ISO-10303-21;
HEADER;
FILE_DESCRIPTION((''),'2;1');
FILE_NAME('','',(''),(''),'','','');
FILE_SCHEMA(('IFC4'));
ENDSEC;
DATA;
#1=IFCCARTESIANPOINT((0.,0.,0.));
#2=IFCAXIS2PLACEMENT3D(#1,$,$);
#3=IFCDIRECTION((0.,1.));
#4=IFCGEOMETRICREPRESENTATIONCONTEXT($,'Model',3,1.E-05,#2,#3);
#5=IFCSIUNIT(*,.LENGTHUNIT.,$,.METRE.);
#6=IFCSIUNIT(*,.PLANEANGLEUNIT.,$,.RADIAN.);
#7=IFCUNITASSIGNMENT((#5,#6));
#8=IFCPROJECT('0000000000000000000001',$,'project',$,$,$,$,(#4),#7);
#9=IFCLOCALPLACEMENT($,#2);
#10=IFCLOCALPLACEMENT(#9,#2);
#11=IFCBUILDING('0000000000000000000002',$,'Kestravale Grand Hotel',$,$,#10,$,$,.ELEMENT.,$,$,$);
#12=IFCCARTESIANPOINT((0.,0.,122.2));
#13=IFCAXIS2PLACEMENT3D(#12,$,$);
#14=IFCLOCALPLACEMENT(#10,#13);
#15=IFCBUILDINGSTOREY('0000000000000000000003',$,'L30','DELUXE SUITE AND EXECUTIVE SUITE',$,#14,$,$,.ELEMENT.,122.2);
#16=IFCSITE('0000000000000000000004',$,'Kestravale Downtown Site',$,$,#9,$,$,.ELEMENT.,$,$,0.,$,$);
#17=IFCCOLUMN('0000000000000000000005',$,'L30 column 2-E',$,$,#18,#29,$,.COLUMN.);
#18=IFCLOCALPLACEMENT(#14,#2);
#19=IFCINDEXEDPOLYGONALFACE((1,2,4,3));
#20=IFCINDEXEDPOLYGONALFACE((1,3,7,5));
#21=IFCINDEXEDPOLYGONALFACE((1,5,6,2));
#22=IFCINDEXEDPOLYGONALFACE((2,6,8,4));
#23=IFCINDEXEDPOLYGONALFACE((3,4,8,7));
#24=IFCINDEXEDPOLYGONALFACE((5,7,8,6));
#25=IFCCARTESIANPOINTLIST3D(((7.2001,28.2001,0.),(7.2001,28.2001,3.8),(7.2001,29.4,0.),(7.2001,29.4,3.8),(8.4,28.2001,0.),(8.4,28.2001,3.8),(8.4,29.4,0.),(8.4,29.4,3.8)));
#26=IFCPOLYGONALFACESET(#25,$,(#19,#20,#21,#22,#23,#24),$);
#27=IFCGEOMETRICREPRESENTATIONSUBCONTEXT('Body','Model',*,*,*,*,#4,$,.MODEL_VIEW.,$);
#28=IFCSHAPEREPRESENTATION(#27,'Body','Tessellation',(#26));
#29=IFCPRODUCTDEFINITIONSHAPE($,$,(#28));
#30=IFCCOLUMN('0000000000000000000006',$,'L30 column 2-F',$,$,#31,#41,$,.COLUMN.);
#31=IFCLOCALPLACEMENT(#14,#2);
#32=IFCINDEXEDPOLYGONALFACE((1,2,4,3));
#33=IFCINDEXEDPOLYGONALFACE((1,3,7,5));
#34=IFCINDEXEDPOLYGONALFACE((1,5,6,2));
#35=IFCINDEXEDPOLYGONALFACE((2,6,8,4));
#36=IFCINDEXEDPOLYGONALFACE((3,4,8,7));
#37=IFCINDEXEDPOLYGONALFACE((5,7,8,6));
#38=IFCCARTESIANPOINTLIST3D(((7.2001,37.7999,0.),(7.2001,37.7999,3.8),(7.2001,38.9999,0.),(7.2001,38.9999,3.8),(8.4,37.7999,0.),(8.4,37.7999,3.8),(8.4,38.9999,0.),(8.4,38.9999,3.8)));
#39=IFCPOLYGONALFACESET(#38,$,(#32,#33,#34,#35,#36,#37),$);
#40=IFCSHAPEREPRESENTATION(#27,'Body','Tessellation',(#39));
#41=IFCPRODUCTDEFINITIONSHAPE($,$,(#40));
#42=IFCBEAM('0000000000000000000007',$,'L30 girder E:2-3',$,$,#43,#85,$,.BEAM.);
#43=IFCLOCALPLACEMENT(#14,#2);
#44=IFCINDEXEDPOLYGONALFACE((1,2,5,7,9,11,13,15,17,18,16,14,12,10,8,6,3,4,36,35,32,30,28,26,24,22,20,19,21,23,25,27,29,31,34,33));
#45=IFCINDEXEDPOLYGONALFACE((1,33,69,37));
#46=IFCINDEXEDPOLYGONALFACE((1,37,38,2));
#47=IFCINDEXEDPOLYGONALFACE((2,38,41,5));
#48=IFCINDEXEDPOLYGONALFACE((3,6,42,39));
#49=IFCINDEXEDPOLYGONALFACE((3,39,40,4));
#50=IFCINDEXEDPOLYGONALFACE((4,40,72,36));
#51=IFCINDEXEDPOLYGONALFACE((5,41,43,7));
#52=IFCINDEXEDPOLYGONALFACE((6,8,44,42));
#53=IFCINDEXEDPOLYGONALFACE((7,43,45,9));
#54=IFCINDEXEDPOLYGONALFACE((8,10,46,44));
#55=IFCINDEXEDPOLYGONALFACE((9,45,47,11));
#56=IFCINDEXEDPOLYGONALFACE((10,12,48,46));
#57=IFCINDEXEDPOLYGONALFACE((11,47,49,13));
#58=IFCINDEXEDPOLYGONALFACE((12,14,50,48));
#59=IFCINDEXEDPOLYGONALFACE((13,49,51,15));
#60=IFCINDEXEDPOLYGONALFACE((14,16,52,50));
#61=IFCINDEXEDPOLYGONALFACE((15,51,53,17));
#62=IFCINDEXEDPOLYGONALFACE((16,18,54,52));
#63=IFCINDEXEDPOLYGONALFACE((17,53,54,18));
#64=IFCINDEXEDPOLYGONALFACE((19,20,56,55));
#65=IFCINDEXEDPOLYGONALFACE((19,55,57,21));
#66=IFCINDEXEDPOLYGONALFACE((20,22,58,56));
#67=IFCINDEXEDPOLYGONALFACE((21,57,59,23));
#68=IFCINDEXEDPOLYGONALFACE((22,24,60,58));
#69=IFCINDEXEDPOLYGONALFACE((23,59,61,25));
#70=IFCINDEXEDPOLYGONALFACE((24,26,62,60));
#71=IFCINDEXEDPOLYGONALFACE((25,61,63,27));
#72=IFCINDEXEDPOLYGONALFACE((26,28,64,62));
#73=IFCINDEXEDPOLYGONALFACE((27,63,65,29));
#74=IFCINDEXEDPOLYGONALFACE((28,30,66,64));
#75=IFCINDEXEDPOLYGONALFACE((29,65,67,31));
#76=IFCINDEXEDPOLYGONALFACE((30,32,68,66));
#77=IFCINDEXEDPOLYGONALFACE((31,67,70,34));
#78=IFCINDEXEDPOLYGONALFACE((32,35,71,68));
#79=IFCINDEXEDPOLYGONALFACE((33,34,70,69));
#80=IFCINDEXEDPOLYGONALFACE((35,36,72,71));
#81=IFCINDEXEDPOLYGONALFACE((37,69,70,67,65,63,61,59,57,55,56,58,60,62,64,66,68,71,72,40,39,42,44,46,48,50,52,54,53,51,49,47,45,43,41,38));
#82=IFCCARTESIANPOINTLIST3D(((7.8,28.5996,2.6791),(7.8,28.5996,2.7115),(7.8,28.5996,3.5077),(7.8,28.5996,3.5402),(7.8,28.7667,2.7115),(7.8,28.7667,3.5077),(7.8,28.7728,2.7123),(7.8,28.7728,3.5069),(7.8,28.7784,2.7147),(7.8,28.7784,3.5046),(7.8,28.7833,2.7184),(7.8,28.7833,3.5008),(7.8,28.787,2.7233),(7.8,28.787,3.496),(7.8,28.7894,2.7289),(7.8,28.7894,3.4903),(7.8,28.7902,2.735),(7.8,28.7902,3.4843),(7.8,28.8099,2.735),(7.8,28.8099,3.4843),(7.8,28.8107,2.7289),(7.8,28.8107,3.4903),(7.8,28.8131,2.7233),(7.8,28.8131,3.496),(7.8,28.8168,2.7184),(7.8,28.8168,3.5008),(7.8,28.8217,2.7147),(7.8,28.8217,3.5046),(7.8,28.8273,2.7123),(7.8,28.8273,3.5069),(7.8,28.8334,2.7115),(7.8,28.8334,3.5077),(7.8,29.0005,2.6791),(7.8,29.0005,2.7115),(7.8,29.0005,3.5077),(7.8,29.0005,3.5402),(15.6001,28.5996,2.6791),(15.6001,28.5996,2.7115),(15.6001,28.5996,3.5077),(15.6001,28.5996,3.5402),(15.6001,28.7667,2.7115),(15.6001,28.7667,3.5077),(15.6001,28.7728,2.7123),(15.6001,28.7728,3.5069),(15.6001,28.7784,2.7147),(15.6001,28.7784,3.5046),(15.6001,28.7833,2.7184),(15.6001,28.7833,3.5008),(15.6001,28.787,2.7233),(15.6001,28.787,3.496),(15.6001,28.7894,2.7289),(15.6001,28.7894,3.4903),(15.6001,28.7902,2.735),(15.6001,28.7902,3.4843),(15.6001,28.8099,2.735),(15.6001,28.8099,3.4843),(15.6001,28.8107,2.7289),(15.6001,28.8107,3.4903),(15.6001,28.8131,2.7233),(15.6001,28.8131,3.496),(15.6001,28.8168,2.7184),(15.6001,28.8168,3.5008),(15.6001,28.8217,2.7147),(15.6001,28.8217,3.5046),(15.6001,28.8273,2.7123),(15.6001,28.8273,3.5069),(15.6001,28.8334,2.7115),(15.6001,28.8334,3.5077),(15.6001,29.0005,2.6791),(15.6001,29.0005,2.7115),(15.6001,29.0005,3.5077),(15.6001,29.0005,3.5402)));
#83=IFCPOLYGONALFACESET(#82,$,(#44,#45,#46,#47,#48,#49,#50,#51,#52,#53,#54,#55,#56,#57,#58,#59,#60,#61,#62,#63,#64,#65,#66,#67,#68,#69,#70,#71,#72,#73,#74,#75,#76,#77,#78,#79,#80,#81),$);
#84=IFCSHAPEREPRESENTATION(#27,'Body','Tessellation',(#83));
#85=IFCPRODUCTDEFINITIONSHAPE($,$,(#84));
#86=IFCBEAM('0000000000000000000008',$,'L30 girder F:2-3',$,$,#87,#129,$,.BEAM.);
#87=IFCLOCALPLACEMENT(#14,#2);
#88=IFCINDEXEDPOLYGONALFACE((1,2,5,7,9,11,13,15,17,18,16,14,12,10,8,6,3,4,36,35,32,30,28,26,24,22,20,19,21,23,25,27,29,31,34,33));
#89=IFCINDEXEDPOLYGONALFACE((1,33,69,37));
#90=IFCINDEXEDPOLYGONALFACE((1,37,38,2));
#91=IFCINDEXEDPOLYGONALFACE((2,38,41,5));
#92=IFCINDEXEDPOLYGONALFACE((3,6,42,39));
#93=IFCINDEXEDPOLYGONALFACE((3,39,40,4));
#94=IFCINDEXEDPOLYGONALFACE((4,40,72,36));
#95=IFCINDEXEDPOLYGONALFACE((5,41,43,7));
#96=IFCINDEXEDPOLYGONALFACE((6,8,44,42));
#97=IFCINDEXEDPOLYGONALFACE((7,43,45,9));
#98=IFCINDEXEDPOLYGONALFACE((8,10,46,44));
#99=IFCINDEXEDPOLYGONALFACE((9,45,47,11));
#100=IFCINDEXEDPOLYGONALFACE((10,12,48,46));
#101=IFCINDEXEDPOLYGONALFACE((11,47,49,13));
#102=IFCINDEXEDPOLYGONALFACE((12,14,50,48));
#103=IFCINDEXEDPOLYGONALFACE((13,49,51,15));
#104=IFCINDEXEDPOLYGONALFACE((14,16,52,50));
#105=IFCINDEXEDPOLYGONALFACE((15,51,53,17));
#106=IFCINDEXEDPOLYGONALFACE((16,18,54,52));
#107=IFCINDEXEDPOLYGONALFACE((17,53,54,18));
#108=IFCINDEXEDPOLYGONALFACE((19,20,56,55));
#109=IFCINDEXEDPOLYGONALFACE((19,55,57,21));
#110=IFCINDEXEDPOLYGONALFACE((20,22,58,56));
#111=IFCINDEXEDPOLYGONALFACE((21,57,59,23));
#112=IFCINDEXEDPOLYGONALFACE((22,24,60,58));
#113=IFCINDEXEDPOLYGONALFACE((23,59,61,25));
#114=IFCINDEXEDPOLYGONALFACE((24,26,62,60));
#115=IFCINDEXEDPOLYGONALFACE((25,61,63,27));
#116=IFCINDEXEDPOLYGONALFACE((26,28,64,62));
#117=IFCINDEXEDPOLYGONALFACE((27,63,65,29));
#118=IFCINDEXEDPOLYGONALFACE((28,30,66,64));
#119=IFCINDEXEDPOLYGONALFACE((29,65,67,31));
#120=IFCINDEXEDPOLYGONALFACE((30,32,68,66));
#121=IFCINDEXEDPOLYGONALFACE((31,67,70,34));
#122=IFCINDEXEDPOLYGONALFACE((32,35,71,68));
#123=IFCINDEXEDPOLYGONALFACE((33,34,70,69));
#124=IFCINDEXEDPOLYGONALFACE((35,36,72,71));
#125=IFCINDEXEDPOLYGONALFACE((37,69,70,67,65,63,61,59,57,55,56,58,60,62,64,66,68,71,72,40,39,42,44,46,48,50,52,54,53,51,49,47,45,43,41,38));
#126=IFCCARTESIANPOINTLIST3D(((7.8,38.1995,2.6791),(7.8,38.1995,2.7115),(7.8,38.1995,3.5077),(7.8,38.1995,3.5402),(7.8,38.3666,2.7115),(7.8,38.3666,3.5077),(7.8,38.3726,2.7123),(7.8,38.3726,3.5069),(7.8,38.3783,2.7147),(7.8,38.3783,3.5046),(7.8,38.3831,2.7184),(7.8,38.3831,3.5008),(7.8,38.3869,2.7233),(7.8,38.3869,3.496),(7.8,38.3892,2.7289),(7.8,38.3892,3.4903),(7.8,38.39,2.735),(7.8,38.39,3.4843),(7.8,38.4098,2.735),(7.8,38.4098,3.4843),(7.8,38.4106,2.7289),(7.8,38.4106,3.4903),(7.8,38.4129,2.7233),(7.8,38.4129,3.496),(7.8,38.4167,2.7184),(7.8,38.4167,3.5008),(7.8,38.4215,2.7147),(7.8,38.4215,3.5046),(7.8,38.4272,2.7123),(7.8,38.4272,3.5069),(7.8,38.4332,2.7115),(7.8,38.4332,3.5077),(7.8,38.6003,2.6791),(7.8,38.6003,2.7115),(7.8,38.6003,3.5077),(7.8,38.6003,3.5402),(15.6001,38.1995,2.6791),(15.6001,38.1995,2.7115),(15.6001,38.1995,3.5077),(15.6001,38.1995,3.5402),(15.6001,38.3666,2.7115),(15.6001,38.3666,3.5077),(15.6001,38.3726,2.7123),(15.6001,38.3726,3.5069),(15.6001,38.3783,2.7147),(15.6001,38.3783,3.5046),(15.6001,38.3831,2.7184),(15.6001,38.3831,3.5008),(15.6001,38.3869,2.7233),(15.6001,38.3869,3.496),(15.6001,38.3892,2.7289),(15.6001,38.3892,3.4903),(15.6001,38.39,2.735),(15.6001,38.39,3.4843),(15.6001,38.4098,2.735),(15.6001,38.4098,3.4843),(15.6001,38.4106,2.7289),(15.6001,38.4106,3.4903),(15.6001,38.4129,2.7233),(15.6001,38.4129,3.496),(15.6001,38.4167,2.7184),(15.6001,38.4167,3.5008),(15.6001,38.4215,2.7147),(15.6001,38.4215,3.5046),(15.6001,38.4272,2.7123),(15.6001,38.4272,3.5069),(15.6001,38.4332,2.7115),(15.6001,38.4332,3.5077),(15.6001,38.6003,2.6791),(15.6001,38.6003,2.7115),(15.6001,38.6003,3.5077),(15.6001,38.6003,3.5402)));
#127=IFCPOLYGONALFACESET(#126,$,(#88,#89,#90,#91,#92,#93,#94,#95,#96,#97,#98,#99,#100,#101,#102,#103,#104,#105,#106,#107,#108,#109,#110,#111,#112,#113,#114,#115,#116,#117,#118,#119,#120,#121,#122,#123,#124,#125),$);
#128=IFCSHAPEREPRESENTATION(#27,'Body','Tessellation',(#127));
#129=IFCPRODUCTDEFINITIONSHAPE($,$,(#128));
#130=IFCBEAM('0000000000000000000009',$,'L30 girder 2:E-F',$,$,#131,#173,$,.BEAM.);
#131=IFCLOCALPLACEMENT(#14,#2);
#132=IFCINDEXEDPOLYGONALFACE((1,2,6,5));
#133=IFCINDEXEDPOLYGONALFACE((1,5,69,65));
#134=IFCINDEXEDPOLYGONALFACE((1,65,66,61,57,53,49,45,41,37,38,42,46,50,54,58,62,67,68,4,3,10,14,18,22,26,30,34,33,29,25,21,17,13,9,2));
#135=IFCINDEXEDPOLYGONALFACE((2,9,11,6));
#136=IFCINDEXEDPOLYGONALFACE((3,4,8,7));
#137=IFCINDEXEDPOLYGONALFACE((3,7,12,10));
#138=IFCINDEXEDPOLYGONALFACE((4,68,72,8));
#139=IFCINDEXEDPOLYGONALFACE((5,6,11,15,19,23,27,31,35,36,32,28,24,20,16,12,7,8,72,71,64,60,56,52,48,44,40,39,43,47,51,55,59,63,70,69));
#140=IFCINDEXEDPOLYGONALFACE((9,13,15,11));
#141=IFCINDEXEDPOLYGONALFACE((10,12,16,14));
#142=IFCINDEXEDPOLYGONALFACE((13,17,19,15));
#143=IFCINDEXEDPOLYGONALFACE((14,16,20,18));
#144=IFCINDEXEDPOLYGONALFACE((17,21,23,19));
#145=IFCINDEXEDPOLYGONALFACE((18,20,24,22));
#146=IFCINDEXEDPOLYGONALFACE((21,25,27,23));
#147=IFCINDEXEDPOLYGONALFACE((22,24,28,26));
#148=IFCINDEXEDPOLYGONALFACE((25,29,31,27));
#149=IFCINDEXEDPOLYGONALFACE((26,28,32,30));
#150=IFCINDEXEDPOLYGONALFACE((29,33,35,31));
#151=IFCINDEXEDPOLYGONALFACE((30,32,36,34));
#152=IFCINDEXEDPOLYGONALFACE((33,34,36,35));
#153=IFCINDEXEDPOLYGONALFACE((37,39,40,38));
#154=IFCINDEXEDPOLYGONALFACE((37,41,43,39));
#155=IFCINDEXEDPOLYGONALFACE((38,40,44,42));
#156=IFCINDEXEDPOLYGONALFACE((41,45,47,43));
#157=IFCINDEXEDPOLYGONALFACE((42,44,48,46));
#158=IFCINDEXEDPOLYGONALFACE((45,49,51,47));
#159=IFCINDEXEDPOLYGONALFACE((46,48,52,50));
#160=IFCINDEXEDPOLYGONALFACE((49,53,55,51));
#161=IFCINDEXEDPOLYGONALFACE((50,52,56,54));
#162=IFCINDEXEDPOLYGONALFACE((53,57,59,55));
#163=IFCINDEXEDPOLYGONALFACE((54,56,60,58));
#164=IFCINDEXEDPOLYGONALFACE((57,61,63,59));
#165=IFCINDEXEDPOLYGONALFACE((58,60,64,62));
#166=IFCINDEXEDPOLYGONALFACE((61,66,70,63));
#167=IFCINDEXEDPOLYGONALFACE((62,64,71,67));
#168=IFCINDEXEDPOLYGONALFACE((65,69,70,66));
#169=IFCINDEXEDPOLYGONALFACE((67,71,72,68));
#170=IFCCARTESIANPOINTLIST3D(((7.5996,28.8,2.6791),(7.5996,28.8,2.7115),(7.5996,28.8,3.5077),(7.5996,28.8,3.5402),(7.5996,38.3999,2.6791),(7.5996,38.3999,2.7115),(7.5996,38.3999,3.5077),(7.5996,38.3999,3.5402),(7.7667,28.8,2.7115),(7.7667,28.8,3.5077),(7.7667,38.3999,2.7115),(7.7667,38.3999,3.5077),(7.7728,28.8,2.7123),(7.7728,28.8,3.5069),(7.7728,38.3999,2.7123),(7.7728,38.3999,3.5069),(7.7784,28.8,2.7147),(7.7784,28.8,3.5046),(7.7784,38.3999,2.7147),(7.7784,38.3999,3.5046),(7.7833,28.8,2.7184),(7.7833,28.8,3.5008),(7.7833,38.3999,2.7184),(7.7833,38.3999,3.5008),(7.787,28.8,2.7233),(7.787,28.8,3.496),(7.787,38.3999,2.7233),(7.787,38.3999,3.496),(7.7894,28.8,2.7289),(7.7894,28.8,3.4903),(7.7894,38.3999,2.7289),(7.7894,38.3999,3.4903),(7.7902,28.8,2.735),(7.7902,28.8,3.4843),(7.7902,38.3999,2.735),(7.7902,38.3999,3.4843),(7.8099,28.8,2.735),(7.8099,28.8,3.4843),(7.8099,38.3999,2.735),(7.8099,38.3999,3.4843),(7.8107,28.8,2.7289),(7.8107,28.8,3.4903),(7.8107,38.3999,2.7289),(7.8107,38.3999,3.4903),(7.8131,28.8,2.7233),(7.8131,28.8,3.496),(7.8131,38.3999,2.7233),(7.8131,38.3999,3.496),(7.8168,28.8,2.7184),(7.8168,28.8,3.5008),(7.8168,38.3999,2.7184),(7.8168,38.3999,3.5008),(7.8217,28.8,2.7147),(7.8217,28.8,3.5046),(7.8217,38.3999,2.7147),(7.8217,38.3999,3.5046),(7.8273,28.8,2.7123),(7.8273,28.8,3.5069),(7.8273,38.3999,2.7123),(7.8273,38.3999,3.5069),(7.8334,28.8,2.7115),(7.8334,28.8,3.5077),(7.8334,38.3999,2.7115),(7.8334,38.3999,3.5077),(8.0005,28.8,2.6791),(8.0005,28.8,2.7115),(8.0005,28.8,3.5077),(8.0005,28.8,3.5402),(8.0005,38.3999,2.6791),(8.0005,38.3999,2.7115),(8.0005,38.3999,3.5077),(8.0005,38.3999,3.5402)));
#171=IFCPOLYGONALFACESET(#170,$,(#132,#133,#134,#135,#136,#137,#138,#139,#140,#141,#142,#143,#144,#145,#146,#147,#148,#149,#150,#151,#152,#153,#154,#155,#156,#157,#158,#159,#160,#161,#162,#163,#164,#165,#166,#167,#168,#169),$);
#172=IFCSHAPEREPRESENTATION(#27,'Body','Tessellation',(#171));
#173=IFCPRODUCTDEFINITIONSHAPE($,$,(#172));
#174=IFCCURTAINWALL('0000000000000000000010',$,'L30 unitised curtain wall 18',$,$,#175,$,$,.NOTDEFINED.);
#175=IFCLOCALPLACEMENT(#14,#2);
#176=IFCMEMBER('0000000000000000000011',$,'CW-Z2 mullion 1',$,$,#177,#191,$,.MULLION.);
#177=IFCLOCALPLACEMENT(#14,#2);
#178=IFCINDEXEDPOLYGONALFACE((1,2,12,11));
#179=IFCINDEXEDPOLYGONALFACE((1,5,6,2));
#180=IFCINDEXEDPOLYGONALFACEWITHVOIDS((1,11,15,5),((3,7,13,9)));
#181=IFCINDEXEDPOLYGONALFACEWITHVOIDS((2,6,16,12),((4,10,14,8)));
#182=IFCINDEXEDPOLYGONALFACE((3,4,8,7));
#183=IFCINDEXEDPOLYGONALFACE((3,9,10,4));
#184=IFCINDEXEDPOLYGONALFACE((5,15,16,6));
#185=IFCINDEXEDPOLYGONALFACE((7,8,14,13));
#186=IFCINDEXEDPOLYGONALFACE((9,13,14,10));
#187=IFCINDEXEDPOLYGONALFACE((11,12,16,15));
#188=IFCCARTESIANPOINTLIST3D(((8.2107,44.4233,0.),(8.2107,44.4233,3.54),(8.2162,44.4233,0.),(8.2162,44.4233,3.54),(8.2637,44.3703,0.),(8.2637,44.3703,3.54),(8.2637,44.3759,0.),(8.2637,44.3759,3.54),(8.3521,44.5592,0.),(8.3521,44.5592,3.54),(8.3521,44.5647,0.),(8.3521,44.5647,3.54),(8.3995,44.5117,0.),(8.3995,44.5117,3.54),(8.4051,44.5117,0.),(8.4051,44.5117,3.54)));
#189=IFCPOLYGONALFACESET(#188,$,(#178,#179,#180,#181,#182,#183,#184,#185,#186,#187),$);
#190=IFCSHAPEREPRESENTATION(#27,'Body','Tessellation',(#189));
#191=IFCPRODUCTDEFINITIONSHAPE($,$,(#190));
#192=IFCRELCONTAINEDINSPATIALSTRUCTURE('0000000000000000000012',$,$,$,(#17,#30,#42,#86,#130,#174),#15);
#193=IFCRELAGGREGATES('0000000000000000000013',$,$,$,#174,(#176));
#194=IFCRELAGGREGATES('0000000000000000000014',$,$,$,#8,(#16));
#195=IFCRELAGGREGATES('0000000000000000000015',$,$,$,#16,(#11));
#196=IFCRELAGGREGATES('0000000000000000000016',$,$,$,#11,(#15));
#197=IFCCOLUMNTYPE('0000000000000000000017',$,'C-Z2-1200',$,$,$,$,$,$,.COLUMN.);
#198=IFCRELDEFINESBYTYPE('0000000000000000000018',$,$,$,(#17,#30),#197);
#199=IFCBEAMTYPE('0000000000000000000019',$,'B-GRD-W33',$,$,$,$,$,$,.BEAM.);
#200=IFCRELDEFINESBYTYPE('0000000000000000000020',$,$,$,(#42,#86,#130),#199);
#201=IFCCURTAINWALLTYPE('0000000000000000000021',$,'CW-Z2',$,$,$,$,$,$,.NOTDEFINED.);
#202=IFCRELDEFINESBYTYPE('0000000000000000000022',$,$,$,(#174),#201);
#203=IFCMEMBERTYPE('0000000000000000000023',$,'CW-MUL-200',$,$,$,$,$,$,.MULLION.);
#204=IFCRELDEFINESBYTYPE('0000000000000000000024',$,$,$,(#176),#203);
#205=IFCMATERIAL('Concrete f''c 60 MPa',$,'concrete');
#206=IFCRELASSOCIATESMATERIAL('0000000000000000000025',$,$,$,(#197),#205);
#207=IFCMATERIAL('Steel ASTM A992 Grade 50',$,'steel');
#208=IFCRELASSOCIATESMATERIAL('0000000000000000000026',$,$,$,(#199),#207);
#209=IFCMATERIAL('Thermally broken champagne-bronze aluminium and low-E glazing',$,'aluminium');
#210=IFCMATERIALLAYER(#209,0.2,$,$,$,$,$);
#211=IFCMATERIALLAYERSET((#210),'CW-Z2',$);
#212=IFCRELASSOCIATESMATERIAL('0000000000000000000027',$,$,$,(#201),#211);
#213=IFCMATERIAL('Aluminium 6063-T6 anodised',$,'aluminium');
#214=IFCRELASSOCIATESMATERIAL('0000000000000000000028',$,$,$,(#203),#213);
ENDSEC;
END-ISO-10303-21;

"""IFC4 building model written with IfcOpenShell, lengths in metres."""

from ifc_helpers import new_model, si_unit, direction, frame, origin, origin_2d, place, context, subcontext, project, spatial, rectangle, hollow_rectangle, i_section, extrude, material, layer, layer_set, material_profile, profile_set, type_object, element, aggregate, save


model = new_model("IFC4")

# Units and contexts
model_context = context("Model", 3, precision=1e-05, world=origin(), true_north=direction((0.0, 1.0)))
body_context = subcontext(model_context, "Body", "Model", "MODEL_VIEW")
ifc_project = project(units=[si_unit("LENGTHUNIT", "METRE"), si_unit("PLANEANGLEUNIT", "RADIAN")], contexts=[model_context])

# Site, building, storey
site_placement = place(None, origin())
site = spatial("IfcSite", under=ifc_project, at=site_placement, Name="Kestravale Downtown Site", CompositionType="ELEMENT", RefElevation=0.0)
building_placement = place(site_placement, origin())
building = spatial("IfcBuilding", under=site, at=building_placement, Name="Kestravale Grand Hotel", CompositionType="ELEMENT")
storey_placement = place(building_placement, frame((0.0, 0.0, 122.2)))
storey = spatial("IfcBuildingStorey", under=building, at=storey_placement, Name="L30", Description="DELUXE SUITE AND EXECUTIVE SUITE", CompositionType="ELEMENT", Elevation=122.2)

# Columns
ifc_material_1 = material(Name="Concrete f'c 60 MPa", Category="concrete")
ifc_material_profile_1 = material_profile(ifc_material_1, rectangle(XDim=1.2, YDim=1.2, at=origin_2d()))
ifc_profile_set_1 = profile_set([ifc_material_profile_1], Name="Concrete f'c 60 MPa")
column_type = type_object("IfcColumnType", Name="C-Z2-1200", PredefinedType="COLUMN", material=ifc_profile_set_1)
for number, where, z_axis, x_axis, name in (
    (1, (7.8, 28.8, 0.0), (0.0, 0.0, 1.0), (1.0, 0.0, 0.0), "L30 column 2-E"),
    (2, (7.8, 38.3999, 0.0), (0.0, 0.0, 1.0), (1.0, 0.0, 0.0), "L30 column 2-F"),
):
    element("IfcColumn", number, at=place(storey_placement, frame(where, z_axis=z_axis, x_axis=x_axis)), inside=storey, type_object=column_type, Name=name, PredefinedType="COLUMN", context=body_context, shape_type="SweptSolid", body=[
        extrude(rectangle(XDim=1.2, YDim=1.2, at=origin_2d()), origin(), (0.0, 0.0, 1.0), 3.8),
    ])

# Beams
ifc_material_2 = material(Name="Steel ASTM A992 Grade 50", Category="steel")
ifc_material_profile_2 = material_profile(ifc_material_2, i_section(OverallWidth=0.4009, OverallDepth=0.8611, WebThickness=0.0198, FlangeThickness=0.0325, FilletRadius=0.0234, at=origin_2d()))
ifc_profile_set_2 = profile_set([ifc_material_profile_2], Name="Steel ASTM A992 Grade 50")
beam_type = type_object("IfcBeamType", Name="B-GRD-W33", PredefinedType="BEAM", material=ifc_profile_set_2)
for number, where, z_axis, x_axis, name in (
    (3, (7.8, 28.8, 3.1096), (1.0, 0.0, 0.0), (0.0, 1.0, 0.0), "L30 girder E:2-3"),
    (4, (7.8, 38.3999, 3.1096), (1.0, 0.0, 0.0), (0.0, 1.0, 0.0), "L30 girder F:2-3"),
):
    element("IfcBeam", number, at=place(storey_placement, frame(where, z_axis=z_axis, x_axis=x_axis)), inside=storey, type_object=beam_type, Name=name, PredefinedType="BEAM", context=body_context, shape_type="SweptSolid", body=[
        extrude(i_section(OverallWidth=0.4009, OverallDepth=0.8611, WebThickness=0.0198, FlangeThickness=0.0325, FilletRadius=0.0234, at=origin_2d()), origin(), (0.0, 0.0, 1.0), 7.8),
    ])
beam_placement = place(storey_placement, frame((7.8, 28.8, 3.1096), z_axis=(0.0, 1.0, 0.0), x_axis=(-1.0, 0.0, 0.0)))
element("IfcBeam", 5, at=beam_placement, inside=storey, type_object=beam_type, Name="L30 girder 2:E-F", PredefinedType="BEAM", context=body_context, shape_type="SweptSolid", body=[
    extrude(i_section(OverallWidth=0.4009, OverallDepth=0.8611, WebThickness=0.0198, FlangeThickness=0.0325, FilletRadius=0.0234, at=origin_2d()), origin(), (0.0, 0.0, 1.0), 9.5999),
])

# Curtain wall, member
ifc_material_3 = material(Name="Thermally broken champagne-bronze aluminium and low-E glazing", Category="aluminium")
ifc_layer_1 = layer(ifc_material_3, 0.2)
ifc_layer_set_1 = layer_set([ifc_layer_1], Name="CW-Z2")
curtain_wall_type = type_object("IfcCurtainWallType", Name="CW-Z2", PredefinedType="NOTDEFINED", material=ifc_layer_set_1)
curtain_wall_placement = place(storey_placement, origin())
curtain_wall = element("IfcCurtainWall", 6, at=curtain_wall_placement, inside=storey, type_object=curtain_wall_type, Name="L30 unitised curtain wall 18", PredefinedType="NOTDEFINED")
ifc_material_4 = material(Name="Aluminium 6063-T6 anodised", Category="aluminium")
ifc_material_profile_3 = material_profile(ifc_material_4, hollow_rectangle(XDim=0.075, YDim=0.2, WallThickness=0.0039, at=origin_2d()))
ifc_profile_set_3 = profile_set([ifc_material_profile_3], Name="Aluminium 6063-T6 anodised")
member_type_1 = type_object("IfcMemberType", Name="CW-MUL-200", PredefinedType="MULLION", material=ifc_profile_set_3)
member_1_placement = place(storey_placement, frame((8.3079, 44.4675, 0.0), z_axis=(0.0, 0.0, 1.0), x_axis=(0.707107, -0.707107, 0.0)))
member_1 = element("IfcMember", 7, at=member_1_placement, type_object=member_type_1, Name="CW-Z2 mullion 1", PredefinedType="MULLION", context=body_context, shape_type="SweptSolid", body=[
    extrude(hollow_rectangle(XDim=0.075, YDim=0.2, WallThickness=0.0039, at=origin_2d()), origin(), (0.0, 0.0, 1.0), 3.54),
])
aggregate(curtain_wall, [member_1])

save(model, "model.ifc")
